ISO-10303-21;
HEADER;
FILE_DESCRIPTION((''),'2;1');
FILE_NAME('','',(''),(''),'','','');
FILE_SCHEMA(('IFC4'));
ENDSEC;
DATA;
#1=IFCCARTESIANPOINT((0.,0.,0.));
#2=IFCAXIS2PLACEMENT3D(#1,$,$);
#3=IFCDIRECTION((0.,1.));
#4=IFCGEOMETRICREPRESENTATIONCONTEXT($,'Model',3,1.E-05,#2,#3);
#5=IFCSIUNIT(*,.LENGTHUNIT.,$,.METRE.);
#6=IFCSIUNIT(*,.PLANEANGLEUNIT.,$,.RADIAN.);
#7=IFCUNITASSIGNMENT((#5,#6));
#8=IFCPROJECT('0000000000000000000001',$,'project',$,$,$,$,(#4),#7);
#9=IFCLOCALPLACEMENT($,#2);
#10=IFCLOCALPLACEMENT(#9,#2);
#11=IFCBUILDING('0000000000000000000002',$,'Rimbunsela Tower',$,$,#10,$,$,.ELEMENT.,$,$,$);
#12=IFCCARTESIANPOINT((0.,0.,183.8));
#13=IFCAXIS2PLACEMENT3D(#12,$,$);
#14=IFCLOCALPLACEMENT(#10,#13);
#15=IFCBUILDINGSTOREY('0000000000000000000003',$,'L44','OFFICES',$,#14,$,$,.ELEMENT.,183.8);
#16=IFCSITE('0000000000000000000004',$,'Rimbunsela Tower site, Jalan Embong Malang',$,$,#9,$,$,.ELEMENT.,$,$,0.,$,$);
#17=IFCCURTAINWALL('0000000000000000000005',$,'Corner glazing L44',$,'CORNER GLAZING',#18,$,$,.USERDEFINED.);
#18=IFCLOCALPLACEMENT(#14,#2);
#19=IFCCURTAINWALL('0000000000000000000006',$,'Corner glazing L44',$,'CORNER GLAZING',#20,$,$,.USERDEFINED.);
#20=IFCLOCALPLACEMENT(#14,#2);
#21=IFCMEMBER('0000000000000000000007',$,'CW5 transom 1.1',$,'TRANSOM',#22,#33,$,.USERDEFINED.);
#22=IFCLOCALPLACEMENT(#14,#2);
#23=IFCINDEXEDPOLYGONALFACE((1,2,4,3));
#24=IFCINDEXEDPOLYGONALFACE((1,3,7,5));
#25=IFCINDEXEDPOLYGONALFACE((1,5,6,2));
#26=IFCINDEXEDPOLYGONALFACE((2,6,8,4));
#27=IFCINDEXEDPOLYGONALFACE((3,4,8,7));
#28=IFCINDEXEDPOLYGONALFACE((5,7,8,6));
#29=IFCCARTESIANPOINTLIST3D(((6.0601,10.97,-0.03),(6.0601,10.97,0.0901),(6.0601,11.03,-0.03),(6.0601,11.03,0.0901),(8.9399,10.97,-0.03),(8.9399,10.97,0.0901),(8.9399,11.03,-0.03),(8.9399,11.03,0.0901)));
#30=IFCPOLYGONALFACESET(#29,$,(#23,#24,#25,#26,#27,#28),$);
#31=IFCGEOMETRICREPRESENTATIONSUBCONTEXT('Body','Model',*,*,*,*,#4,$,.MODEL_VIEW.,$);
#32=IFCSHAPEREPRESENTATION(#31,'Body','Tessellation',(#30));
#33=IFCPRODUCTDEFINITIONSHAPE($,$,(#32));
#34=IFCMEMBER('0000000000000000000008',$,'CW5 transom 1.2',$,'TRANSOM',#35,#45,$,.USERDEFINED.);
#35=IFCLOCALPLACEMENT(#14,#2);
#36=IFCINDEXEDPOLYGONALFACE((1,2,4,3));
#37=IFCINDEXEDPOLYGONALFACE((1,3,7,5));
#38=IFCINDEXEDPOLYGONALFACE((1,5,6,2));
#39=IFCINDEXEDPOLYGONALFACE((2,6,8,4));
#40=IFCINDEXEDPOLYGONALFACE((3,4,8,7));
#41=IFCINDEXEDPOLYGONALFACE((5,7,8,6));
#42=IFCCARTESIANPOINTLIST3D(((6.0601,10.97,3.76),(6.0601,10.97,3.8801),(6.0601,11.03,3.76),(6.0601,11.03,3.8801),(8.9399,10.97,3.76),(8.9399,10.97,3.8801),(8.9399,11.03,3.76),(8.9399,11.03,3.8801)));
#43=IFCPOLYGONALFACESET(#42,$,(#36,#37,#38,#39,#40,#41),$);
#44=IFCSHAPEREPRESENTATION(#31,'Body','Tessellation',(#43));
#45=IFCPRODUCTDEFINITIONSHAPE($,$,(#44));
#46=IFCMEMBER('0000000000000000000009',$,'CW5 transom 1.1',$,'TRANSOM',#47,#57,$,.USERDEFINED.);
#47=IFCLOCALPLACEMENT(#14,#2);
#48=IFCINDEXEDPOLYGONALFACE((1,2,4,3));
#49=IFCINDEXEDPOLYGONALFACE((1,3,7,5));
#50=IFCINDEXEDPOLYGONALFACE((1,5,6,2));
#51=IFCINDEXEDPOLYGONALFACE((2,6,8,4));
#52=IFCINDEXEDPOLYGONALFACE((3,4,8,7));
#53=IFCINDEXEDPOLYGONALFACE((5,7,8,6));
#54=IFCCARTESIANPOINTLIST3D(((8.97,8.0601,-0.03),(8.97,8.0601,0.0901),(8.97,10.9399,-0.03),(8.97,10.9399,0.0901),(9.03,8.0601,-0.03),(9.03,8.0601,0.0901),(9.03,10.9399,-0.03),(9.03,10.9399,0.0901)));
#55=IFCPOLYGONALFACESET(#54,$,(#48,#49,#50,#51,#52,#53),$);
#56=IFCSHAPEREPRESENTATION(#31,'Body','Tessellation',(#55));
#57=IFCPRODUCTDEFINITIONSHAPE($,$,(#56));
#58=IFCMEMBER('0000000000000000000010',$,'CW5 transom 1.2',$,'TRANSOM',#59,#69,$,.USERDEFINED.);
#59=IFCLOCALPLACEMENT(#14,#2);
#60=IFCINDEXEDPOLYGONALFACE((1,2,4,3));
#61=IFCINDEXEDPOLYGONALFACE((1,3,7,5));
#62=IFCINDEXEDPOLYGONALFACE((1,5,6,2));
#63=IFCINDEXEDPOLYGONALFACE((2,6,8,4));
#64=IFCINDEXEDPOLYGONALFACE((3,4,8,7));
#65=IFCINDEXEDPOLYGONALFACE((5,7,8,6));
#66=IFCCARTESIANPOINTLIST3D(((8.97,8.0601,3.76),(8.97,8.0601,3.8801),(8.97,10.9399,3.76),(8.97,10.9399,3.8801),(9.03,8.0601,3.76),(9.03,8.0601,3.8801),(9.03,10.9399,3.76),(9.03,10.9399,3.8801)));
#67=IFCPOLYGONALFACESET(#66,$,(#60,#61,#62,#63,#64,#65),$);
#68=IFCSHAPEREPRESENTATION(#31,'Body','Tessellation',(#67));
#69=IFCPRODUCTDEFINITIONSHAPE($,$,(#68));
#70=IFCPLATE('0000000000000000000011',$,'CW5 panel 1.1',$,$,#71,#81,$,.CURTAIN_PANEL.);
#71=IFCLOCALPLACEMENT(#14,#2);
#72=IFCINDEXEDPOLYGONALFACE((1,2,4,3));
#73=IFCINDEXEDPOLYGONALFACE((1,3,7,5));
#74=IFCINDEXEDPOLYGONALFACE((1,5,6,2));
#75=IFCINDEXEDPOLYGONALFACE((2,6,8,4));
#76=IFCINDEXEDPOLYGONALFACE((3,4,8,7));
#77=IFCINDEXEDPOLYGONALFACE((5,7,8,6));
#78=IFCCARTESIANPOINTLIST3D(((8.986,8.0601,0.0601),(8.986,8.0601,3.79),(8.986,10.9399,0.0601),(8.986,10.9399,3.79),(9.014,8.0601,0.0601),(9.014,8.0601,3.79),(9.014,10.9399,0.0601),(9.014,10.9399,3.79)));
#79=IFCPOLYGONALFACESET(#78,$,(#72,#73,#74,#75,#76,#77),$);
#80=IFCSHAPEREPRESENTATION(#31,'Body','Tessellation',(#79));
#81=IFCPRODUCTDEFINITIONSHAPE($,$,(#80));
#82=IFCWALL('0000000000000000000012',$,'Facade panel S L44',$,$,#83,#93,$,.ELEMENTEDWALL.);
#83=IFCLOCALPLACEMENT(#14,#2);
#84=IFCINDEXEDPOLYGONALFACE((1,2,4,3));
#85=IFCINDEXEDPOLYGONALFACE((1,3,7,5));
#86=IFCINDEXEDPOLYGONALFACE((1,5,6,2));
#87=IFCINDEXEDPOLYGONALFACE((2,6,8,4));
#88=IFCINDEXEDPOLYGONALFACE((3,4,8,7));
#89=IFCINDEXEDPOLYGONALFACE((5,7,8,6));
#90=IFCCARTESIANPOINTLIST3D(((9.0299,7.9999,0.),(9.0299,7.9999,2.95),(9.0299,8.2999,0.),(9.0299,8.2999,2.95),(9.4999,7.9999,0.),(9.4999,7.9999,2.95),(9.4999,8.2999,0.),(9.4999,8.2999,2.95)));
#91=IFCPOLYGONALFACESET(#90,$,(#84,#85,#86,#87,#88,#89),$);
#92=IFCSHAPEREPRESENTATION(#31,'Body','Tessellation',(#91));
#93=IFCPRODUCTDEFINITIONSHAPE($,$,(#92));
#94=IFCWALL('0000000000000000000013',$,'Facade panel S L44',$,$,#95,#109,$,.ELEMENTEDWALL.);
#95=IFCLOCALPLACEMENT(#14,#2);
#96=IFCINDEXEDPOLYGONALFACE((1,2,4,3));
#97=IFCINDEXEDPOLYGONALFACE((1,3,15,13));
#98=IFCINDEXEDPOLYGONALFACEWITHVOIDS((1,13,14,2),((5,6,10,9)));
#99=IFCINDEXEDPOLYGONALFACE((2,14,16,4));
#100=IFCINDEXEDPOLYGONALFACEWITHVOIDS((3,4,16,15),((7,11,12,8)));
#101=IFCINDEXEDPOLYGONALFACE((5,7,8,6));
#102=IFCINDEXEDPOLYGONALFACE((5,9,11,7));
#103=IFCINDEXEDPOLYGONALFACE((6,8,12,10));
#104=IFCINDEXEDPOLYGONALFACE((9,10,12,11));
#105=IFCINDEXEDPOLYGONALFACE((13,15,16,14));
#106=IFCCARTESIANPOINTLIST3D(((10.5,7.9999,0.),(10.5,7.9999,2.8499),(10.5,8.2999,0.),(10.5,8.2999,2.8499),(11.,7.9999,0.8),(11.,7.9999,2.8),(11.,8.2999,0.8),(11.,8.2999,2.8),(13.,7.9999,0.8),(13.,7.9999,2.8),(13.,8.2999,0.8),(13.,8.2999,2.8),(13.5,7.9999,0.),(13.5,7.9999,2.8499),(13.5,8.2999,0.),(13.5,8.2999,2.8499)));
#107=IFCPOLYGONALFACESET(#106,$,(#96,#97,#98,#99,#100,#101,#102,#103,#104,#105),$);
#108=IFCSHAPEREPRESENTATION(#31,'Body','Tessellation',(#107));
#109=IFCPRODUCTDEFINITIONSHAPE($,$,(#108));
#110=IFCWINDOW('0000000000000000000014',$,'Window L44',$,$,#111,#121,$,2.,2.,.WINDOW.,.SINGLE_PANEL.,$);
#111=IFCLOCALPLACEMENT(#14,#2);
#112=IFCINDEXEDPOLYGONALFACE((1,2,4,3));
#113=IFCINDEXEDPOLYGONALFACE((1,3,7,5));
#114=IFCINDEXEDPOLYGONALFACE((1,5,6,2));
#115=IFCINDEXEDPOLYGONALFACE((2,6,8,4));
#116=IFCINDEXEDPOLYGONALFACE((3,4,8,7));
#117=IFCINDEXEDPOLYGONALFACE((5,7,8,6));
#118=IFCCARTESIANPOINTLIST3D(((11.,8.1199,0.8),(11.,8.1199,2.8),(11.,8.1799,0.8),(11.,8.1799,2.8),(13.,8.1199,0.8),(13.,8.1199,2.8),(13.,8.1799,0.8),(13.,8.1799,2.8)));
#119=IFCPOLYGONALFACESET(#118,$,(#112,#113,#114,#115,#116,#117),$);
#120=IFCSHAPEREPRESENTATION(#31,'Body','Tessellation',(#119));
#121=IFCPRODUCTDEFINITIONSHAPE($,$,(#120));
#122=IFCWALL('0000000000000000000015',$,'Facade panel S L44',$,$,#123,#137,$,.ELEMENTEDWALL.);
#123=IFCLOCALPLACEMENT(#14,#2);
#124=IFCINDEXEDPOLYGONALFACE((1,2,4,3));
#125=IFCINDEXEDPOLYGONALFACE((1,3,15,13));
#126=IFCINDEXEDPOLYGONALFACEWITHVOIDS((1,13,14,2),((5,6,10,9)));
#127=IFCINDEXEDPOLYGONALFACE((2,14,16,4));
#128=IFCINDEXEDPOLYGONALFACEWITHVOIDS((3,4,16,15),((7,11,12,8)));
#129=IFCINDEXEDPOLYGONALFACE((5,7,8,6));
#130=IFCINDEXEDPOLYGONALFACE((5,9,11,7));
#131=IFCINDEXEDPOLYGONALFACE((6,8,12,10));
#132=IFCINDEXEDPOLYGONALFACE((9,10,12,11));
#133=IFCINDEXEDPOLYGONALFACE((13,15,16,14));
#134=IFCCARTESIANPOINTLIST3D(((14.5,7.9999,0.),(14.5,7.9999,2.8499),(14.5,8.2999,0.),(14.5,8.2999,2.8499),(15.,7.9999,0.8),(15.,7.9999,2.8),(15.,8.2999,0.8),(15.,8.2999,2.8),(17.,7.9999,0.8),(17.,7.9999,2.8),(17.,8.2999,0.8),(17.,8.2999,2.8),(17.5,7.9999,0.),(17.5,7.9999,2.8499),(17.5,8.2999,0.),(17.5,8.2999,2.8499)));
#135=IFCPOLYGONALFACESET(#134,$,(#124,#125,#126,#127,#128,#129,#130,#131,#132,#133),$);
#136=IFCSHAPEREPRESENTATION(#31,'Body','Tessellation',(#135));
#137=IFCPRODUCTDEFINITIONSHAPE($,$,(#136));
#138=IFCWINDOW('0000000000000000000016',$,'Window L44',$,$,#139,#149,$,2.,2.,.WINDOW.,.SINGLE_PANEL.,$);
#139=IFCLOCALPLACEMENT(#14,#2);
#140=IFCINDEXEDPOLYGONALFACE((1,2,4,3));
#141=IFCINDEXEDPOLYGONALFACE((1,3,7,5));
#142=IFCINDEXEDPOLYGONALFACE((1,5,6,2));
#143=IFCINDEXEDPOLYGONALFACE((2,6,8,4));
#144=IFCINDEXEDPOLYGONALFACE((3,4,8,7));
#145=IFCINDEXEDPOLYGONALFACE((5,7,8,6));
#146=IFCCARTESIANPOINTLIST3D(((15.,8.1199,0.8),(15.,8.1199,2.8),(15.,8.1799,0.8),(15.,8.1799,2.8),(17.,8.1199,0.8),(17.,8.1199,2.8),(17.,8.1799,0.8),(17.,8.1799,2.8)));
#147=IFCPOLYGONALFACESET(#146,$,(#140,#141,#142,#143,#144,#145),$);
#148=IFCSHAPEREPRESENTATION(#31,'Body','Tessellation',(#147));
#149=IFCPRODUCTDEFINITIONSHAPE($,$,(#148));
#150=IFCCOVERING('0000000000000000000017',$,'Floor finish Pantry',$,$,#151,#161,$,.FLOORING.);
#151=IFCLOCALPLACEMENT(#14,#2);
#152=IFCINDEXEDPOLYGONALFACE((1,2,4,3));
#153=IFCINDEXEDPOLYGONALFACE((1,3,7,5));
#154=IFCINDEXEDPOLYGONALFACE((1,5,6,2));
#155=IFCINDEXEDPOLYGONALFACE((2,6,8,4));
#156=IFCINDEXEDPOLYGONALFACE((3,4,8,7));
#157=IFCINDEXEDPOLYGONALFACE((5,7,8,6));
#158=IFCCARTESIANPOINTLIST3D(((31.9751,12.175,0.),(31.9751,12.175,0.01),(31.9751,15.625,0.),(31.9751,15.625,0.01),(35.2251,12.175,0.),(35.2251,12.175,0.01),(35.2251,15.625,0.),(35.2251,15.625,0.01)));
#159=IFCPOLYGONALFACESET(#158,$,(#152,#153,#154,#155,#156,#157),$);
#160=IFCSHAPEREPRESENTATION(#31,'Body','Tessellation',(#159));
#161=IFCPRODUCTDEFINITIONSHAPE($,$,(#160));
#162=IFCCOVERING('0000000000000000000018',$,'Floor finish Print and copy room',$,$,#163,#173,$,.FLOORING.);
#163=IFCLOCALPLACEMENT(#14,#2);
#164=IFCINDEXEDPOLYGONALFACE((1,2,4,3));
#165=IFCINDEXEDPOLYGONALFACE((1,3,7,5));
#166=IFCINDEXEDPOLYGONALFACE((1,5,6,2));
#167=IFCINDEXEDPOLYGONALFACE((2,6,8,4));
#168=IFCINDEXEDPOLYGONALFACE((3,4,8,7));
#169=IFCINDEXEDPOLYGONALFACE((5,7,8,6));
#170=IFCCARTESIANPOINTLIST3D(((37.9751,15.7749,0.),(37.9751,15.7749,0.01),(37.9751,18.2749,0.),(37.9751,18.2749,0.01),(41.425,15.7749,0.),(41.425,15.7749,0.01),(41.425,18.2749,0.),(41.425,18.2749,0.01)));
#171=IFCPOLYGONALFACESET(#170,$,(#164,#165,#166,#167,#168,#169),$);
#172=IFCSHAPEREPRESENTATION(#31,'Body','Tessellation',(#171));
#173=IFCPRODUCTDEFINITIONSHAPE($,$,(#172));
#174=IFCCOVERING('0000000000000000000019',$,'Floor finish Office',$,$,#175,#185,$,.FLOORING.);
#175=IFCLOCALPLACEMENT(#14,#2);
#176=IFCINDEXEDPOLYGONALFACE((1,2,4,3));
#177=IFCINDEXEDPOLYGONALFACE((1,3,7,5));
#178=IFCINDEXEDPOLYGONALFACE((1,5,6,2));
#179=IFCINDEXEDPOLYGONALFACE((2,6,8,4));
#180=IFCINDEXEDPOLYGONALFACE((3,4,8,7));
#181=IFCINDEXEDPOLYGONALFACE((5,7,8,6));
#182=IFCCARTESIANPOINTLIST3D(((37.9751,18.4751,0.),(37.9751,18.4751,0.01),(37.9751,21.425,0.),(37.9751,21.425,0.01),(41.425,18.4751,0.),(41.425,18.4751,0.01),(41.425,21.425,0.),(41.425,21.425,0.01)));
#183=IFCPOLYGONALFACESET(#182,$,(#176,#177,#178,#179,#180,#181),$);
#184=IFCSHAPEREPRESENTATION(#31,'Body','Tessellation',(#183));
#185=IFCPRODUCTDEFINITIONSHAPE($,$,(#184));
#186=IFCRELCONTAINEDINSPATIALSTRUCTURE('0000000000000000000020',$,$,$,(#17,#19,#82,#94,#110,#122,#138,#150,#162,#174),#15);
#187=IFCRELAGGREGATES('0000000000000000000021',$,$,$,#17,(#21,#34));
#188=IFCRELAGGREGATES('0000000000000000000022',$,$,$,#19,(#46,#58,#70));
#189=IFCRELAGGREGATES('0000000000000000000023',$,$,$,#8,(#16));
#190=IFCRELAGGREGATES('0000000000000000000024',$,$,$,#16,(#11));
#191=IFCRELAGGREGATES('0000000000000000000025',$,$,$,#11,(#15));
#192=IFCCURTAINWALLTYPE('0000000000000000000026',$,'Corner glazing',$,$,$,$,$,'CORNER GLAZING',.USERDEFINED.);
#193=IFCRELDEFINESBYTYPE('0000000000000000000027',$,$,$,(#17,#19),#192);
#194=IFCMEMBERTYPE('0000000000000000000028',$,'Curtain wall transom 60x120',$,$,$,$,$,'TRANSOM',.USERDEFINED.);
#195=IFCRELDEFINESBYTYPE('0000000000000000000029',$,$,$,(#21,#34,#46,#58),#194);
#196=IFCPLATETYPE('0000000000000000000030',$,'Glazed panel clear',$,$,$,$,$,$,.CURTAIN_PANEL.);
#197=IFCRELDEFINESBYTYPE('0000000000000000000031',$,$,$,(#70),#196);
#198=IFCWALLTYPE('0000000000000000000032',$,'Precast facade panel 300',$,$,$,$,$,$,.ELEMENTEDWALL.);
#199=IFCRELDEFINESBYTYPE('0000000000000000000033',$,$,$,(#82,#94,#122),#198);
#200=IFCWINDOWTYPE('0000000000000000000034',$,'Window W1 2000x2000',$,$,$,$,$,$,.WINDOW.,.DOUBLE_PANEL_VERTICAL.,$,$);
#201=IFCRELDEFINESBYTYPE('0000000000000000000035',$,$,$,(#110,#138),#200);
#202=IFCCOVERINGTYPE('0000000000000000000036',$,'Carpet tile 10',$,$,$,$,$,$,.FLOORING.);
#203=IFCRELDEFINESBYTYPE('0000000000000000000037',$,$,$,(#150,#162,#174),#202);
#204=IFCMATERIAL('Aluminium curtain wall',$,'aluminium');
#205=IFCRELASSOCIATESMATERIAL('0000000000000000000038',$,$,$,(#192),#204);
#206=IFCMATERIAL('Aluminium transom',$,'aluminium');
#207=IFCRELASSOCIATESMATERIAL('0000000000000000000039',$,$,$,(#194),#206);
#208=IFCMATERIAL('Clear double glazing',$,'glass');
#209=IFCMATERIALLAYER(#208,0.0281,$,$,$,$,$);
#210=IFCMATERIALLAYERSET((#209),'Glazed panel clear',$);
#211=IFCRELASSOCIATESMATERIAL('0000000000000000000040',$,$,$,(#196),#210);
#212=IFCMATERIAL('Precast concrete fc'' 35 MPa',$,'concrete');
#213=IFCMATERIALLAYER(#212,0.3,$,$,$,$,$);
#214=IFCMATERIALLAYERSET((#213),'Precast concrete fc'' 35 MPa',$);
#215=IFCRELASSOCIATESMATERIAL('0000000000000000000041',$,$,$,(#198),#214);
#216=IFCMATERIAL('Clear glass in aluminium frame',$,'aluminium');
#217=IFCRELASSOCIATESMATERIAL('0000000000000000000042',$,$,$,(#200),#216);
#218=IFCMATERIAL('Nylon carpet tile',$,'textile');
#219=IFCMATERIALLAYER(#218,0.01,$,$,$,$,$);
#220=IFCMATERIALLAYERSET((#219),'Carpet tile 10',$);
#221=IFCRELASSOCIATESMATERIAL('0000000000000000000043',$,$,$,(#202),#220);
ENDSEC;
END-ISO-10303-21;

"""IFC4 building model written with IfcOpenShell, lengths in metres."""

from ifc_helpers import new_model, si_unit, direction, frame, frame_2d, origin, origin_2d, place, context, subcontext, project, spatial, polyline, rectangle, outline, extrude, material, layer, layer_set, material_profile, profile_set, type_object, element, fill, aggregate, save


model = new_model("IFC4")

# Units and contexts
model_context = context("Model", 3, precision=1e-05, world=origin(), true_north=direction((0.0, 1.0)))
body_context = subcontext(model_context, "Body", "Model", "MODEL_VIEW")
ifc_project = project(units=[si_unit("LENGTHUNIT", "METRE"), si_unit("PLANEANGLEUNIT", "RADIAN")], contexts=[model_context])

# Site, building, storey
site_placement = place(None, origin())
site = spatial("IfcSite", under=ifc_project, at=site_placement, Name="Rimbunsela Tower site, Jalan Embong Malang", CompositionType="ELEMENT", RefElevation=0.0)
building_placement = place(site_placement, origin())
building = spatial("IfcBuilding", under=site, at=building_placement, Name="Rimbunsela Tower", CompositionType="ELEMENT")
storey_placement = place(building_placement, frame((0.0, 0.0, 183.8)))
storey = spatial("IfcBuildingStorey", under=building, at=storey_placement, Name="L44", Description="OFFICES", CompositionType="ELEMENT", Elevation=183.8)

# Curtain wall
ifc_material_1 = material(Name="Aluminium curtain wall", Category="aluminium")
curtain_wall_type = type_object("IfcCurtainWallType", Name="Corner glazing", ElementType="CORNER GLAZING", PredefinedType="USERDEFINED", material=ifc_material_1)
curtain_wall_1_placement = place(storey_placement, origin())
curtain_wall_1 = element("IfcCurtainWall", 1, at=curtain_wall_1_placement, inside=storey, type_object=curtain_wall_type, Name="Corner glazing L44", ObjectType="CORNER GLAZING", PredefinedType="USERDEFINED")

# Curtain wall
curtain_wall_2_placement = place(storey_placement, origin())
curtain_wall_2 = element("IfcCurtainWall", 2, at=curtain_wall_2_placement, inside=storey, type_object=curtain_wall_type, Name="Corner glazing L44", ObjectType="CORNER GLAZING", PredefinedType="USERDEFINED")

# Members
ifc_material_2 = material(Name="Aluminium transom", Category="aluminium")
ifc_material_profile_1 = material_profile(ifc_material_2, rectangle(XDim=0.0601, YDim=0.1201, at=origin_2d()), Name="Transom 60x120")
ifc_profile_set_1 = profile_set([ifc_material_profile_1], Name="Aluminium transom")
member_type_1 = type_object("IfcMemberType", Name="Curtain wall transom 60x120", ElementType="TRANSOM", PredefinedType="USERDEFINED", material=ifc_profile_set_1)
member_1_placement = place(storey_placement, frame((6.0601, 11.0, 0.03), z_axis=(1.0, 0.0, 0.0), x_axis=(0.0, 1.0, 0.0)))
member_1 = element("IfcMember", 3, at=member_1_placement, type_object=member_type_1, Name="CW5 transom 1.1", ObjectType="TRANSOM", PredefinedType="USERDEFINED", context=body_context, shape_type="SweptSolid", body=[
    extrude(rectangle(XDim=0.0601, YDim=0.1201, at=origin_2d()), origin(), (0.0, 0.0, 1.0), 2.8799),
])
member_2_placement = place(storey_placement, frame((6.0601, 11.0, 3.8201), z_axis=(1.0, 0.0, 0.0), x_axis=(0.0, 1.0, 0.0)))
member_2 = element("IfcMember", 4, at=member_2_placement, type_object=member_type_1, Name="CW5 transom 1.2", ObjectType="TRANSOM", PredefinedType="USERDEFINED", context=body_context, shape_type="SweptSolid", body=[
    extrude(rectangle(XDim=0.0601, YDim=0.1201, at=origin_2d()), origin(), (0.0, 0.0, 1.0), 2.8799),
])
aggregate(curtain_wall_1, [member_1, member_2])
member_3_placement = place(storey_placement, frame((9.0, 10.9399, 0.03), z_axis=(0.0, -1.0, 0.0), x_axis=(1.0, 0.0, 0.0)))
member_3 = element("IfcMember", 5, at=member_3_placement, type_object=member_type_1, Name="CW5 transom 1.1", ObjectType="TRANSOM", PredefinedType="USERDEFINED", context=body_context, shape_type="SweptSolid", body=[
    extrude(rectangle(XDim=0.0601, YDim=0.1201, at=origin_2d()), origin(), (0.0, 0.0, 1.0), 2.8799),
])
member_4_placement = place(storey_placement, frame((9.0, 10.9399, 3.8201), z_axis=(0.0, -1.0, 0.0), x_axis=(1.0, 0.0, 0.0)))
member_4 = element("IfcMember", 6, at=member_4_placement, type_object=member_type_1, Name="CW5 transom 1.2", ObjectType="TRANSOM", PredefinedType="USERDEFINED", context=body_context, shape_type="SweptSolid", body=[
    extrude(rectangle(XDim=0.0601, YDim=0.1201, at=origin_2d()), origin(), (0.0, 0.0, 1.0), 2.8799),
])

# Plate
ifc_material_3 = material(Name="Clear double glazing", Category="glass")
ifc_layer_1 = layer(ifc_material_3, 0.0281)
ifc_layer_set_1 = layer_set([ifc_layer_1], Name="Glazed panel clear")
plate_type = type_object("IfcPlateType", Name="Glazed panel clear", PredefinedType="CURTAIN_PANEL", material=ifc_layer_set_1)
plate_placement = place(storey_placement, frame((9.0, 9.5, 0.0601), z_axis=(0.0, 0.0, 1.0), x_axis=(0.0, -1.0, 0.0)))
plate = element("IfcPlate", 7, at=plate_placement, type_object=plate_type, Name="CW5 panel 1.1", PredefinedType="CURTAIN_PANEL", context=body_context, shape_type="SweptSolid", body=[
    extrude(rectangle(XDim=2.8799, YDim=0.0281, at=origin_2d()), origin(), (0.0, 0.0, 1.0), 3.73),
])
aggregate(curtain_wall_2, [member_3, member_4, plate])

# Wall
ifc_material_4 = material(Name="Precast concrete fc' 35 MPa", Category="concrete")
ifc_layer_2 = layer(ifc_material_4, 0.3)
ifc_layer_set_2 = layer_set([ifc_layer_2], Name="Precast concrete fc' 35 MPa")
wall_type = type_object("IfcWallType", Name="Precast facade panel 300", PredefinedType="ELEMENTEDWALL", material=ifc_layer_set_2)
wall_1_placement = place(storey_placement, frame((9.03, 8.1499, 0.0), z_axis=(0.0, 0.0, 1.0), x_axis=(1.0, 0.0, 0.0)))
element("IfcWall", 8, at=wall_1_placement, inside=storey, type_object=wall_type, Name="Facade panel S L44", PredefinedType="ELEMENTEDWALL", context=body_context, shape_type="SweptSolid", body=[
    extrude(rectangle(XDim=0.47, YDim=0.3, at=frame_2d((0.2349, 0.0))), origin(), (0.0, 0.0, 1.0), 2.95),
])

# Walls, openings, windows
wall_2_placement = place(storey_placement, frame((10.5, 8.1499, 0.0), z_axis=(0.0, 0.0, 1.0), x_axis=(1.0, 0.0, 0.0)))
wall_2 = element("IfcWall", 9, at=wall_2_placement, inside=storey, type_object=wall_type, Name="Facade panel S L44", PredefinedType="ELEMENTEDWALL", context=body_context, shape_type="SweptSolid", body=[
    extrude(rectangle(XDim=3.0, YDim=0.3, at=frame_2d((1.5, 0.0))), origin(), (0.0, 0.0, 1.0), 2.8499),
])
opening_1_placement = place(wall_2_placement, frame((0.5, 0.0, 0.8)))
opening_1 = element("IfcOpeningElement", 10, at=opening_1_placement, cuts=wall_2, PredefinedType="OPENING", context=body_context, shape_type="SweptSolid", body=[
    extrude(rectangle(XDim=2.0, YDim=2.0, at=frame_2d((1.0, 1.0))), frame((0.0, 0.1599, 0.0), z_axis=(0.0, -1.0, 0.0), x_axis=(1.0, 0.0, 0.0)), (0.0, 0.0, 1.0), 0.3201),
])
ifc_material_5 = material(Name="Clear glass in aluminium frame", Category="aluminium")
window_type = type_object("IfcWindowType", Name="Window W1 2000x2000", PartitioningType="DOUBLE_PANEL_VERTICAL", PredefinedType="WINDOW", material=ifc_material_5)
window_1_placement = place(opening_1_placement, origin())
window_1 = element("IfcWindow", 11, at=window_1_placement, inside=storey, type_object=window_type, Name="Window L44", OverallHeight=2.0, OverallWidth=2.0, PartitioningType="SINGLE_PANEL", PredefinedType="WINDOW", context=body_context, shape_type="SweptSolid", body=[
    extrude(rectangle(XDim=2.0, YDim=2.0, at=frame_2d((1.0, 1.0))), frame((0.0, 0.03, 0.0), z_axis=(0.0, -1.0, 0.0), x_axis=(1.0, 0.0, 0.0)), (0.0, 0.0, 1.0), 0.0601),
])
fill(opening_1, window_1)
wall_3_placement = place(storey_placement, frame((14.5, 8.1499, 0.0), z_axis=(0.0, 0.0, 1.0), x_axis=(1.0, 0.0, 0.0)))
wall_3 = element("IfcWall", 12, at=wall_3_placement, inside=storey, type_object=wall_type, Name="Facade panel S L44", PredefinedType="ELEMENTEDWALL", context=body_context, shape_type="SweptSolid", body=[
    extrude(rectangle(XDim=3.0, YDim=0.3, at=frame_2d((1.5, 0.0))), origin(), (0.0, 0.0, 1.0), 2.8499),
])
opening_2_placement = place(wall_3_placement, frame((0.5, 0.0, 0.8)))
opening_2 = element("IfcOpeningElement", 13, at=opening_2_placement, cuts=wall_3, PredefinedType="OPENING", context=body_context, shape_type="SweptSolid", body=[
    extrude(rectangle(XDim=2.0, YDim=2.0, at=frame_2d((1.0, 1.0))), frame((0.0, 0.1599, 0.0), z_axis=(0.0, -1.0, 0.0), x_axis=(1.0, 0.0, 0.0)), (0.0, 0.0, 1.0), 0.3201),
])
window_2_placement = place(opening_2_placement, origin())
window_2 = element("IfcWindow", 14, at=window_2_placement, inside=storey, type_object=window_type, Name="Window L44", OverallHeight=2.0, OverallWidth=2.0, PartitioningType="SINGLE_PANEL", PredefinedType="WINDOW", context=body_context, shape_type="SweptSolid", body=[
    extrude(rectangle(XDim=2.0, YDim=2.0, at=frame_2d((1.0, 1.0))), frame((0.0, 0.03, 0.0), z_axis=(0.0, -1.0, 0.0), x_axis=(1.0, 0.0, 0.0)), (0.0, 0.0, 1.0), 0.0601),
])
fill(opening_2, window_2)

# Coverings
ifc_material_6 = material(Name="Nylon carpet tile", Category="textile")
ifc_layer_3 = layer(ifc_material_6, 0.01)
ifc_layer_set_3 = layer_set([ifc_layer_3], Name="Carpet tile 10")
covering_type_1 = type_object("IfcCoveringType", Name="Carpet tile 10", PredefinedType="FLOORING", material=ifc_layer_set_3)
covering_1_placement = place(storey_placement, origin())
element("IfcCovering", 15, at=covering_1_placement, inside=storey, type_object=covering_type_1, Name="Floor finish Pantry", PredefinedType="FLOORING", context=body_context, shape_type="SweptSolid", body=[
    extrude(outline(polyline([(35.2251, 12.175), (35.2251, 15.625), (31.9751, 15.625), (31.9751, 12.175), (35.2251, 12.175)])), origin(), (0.0, 0.0, 1.0), 0.01),
])
covering_2_placement = place(storey_placement, origin())
element("IfcCovering", 16, at=covering_2_placement, inside=storey, type_object=covering_type_1, Name="Floor finish Print and copy room", PredefinedType="FLOORING", context=body_context, shape_type="SweptSolid", body=[
    extrude(outline(polyline([(41.425, 15.7749), (41.425, 18.2749), (37.9751, 18.2749), (37.9751, 15.7749), (41.425, 15.7749)])), origin(), (0.0, 0.0, 1.0), 0.01),
])
covering_3_placement = place(storey_placement, origin())
element("IfcCovering", 17, at=covering_3_placement, inside=storey, type_object=covering_type_1, Name="Floor finish Office", PredefinedType="FLOORING", context=body_context, shape_type="SweptSolid", body=[
    extrude(outline(polyline([(41.425, 18.4751), (41.425, 21.425), (37.9751, 21.425), (37.9751, 18.4751), (41.425, 18.4751)])), origin(), (0.0, 0.0, 1.0), 0.01),
])

save(model, "model.ifc")
